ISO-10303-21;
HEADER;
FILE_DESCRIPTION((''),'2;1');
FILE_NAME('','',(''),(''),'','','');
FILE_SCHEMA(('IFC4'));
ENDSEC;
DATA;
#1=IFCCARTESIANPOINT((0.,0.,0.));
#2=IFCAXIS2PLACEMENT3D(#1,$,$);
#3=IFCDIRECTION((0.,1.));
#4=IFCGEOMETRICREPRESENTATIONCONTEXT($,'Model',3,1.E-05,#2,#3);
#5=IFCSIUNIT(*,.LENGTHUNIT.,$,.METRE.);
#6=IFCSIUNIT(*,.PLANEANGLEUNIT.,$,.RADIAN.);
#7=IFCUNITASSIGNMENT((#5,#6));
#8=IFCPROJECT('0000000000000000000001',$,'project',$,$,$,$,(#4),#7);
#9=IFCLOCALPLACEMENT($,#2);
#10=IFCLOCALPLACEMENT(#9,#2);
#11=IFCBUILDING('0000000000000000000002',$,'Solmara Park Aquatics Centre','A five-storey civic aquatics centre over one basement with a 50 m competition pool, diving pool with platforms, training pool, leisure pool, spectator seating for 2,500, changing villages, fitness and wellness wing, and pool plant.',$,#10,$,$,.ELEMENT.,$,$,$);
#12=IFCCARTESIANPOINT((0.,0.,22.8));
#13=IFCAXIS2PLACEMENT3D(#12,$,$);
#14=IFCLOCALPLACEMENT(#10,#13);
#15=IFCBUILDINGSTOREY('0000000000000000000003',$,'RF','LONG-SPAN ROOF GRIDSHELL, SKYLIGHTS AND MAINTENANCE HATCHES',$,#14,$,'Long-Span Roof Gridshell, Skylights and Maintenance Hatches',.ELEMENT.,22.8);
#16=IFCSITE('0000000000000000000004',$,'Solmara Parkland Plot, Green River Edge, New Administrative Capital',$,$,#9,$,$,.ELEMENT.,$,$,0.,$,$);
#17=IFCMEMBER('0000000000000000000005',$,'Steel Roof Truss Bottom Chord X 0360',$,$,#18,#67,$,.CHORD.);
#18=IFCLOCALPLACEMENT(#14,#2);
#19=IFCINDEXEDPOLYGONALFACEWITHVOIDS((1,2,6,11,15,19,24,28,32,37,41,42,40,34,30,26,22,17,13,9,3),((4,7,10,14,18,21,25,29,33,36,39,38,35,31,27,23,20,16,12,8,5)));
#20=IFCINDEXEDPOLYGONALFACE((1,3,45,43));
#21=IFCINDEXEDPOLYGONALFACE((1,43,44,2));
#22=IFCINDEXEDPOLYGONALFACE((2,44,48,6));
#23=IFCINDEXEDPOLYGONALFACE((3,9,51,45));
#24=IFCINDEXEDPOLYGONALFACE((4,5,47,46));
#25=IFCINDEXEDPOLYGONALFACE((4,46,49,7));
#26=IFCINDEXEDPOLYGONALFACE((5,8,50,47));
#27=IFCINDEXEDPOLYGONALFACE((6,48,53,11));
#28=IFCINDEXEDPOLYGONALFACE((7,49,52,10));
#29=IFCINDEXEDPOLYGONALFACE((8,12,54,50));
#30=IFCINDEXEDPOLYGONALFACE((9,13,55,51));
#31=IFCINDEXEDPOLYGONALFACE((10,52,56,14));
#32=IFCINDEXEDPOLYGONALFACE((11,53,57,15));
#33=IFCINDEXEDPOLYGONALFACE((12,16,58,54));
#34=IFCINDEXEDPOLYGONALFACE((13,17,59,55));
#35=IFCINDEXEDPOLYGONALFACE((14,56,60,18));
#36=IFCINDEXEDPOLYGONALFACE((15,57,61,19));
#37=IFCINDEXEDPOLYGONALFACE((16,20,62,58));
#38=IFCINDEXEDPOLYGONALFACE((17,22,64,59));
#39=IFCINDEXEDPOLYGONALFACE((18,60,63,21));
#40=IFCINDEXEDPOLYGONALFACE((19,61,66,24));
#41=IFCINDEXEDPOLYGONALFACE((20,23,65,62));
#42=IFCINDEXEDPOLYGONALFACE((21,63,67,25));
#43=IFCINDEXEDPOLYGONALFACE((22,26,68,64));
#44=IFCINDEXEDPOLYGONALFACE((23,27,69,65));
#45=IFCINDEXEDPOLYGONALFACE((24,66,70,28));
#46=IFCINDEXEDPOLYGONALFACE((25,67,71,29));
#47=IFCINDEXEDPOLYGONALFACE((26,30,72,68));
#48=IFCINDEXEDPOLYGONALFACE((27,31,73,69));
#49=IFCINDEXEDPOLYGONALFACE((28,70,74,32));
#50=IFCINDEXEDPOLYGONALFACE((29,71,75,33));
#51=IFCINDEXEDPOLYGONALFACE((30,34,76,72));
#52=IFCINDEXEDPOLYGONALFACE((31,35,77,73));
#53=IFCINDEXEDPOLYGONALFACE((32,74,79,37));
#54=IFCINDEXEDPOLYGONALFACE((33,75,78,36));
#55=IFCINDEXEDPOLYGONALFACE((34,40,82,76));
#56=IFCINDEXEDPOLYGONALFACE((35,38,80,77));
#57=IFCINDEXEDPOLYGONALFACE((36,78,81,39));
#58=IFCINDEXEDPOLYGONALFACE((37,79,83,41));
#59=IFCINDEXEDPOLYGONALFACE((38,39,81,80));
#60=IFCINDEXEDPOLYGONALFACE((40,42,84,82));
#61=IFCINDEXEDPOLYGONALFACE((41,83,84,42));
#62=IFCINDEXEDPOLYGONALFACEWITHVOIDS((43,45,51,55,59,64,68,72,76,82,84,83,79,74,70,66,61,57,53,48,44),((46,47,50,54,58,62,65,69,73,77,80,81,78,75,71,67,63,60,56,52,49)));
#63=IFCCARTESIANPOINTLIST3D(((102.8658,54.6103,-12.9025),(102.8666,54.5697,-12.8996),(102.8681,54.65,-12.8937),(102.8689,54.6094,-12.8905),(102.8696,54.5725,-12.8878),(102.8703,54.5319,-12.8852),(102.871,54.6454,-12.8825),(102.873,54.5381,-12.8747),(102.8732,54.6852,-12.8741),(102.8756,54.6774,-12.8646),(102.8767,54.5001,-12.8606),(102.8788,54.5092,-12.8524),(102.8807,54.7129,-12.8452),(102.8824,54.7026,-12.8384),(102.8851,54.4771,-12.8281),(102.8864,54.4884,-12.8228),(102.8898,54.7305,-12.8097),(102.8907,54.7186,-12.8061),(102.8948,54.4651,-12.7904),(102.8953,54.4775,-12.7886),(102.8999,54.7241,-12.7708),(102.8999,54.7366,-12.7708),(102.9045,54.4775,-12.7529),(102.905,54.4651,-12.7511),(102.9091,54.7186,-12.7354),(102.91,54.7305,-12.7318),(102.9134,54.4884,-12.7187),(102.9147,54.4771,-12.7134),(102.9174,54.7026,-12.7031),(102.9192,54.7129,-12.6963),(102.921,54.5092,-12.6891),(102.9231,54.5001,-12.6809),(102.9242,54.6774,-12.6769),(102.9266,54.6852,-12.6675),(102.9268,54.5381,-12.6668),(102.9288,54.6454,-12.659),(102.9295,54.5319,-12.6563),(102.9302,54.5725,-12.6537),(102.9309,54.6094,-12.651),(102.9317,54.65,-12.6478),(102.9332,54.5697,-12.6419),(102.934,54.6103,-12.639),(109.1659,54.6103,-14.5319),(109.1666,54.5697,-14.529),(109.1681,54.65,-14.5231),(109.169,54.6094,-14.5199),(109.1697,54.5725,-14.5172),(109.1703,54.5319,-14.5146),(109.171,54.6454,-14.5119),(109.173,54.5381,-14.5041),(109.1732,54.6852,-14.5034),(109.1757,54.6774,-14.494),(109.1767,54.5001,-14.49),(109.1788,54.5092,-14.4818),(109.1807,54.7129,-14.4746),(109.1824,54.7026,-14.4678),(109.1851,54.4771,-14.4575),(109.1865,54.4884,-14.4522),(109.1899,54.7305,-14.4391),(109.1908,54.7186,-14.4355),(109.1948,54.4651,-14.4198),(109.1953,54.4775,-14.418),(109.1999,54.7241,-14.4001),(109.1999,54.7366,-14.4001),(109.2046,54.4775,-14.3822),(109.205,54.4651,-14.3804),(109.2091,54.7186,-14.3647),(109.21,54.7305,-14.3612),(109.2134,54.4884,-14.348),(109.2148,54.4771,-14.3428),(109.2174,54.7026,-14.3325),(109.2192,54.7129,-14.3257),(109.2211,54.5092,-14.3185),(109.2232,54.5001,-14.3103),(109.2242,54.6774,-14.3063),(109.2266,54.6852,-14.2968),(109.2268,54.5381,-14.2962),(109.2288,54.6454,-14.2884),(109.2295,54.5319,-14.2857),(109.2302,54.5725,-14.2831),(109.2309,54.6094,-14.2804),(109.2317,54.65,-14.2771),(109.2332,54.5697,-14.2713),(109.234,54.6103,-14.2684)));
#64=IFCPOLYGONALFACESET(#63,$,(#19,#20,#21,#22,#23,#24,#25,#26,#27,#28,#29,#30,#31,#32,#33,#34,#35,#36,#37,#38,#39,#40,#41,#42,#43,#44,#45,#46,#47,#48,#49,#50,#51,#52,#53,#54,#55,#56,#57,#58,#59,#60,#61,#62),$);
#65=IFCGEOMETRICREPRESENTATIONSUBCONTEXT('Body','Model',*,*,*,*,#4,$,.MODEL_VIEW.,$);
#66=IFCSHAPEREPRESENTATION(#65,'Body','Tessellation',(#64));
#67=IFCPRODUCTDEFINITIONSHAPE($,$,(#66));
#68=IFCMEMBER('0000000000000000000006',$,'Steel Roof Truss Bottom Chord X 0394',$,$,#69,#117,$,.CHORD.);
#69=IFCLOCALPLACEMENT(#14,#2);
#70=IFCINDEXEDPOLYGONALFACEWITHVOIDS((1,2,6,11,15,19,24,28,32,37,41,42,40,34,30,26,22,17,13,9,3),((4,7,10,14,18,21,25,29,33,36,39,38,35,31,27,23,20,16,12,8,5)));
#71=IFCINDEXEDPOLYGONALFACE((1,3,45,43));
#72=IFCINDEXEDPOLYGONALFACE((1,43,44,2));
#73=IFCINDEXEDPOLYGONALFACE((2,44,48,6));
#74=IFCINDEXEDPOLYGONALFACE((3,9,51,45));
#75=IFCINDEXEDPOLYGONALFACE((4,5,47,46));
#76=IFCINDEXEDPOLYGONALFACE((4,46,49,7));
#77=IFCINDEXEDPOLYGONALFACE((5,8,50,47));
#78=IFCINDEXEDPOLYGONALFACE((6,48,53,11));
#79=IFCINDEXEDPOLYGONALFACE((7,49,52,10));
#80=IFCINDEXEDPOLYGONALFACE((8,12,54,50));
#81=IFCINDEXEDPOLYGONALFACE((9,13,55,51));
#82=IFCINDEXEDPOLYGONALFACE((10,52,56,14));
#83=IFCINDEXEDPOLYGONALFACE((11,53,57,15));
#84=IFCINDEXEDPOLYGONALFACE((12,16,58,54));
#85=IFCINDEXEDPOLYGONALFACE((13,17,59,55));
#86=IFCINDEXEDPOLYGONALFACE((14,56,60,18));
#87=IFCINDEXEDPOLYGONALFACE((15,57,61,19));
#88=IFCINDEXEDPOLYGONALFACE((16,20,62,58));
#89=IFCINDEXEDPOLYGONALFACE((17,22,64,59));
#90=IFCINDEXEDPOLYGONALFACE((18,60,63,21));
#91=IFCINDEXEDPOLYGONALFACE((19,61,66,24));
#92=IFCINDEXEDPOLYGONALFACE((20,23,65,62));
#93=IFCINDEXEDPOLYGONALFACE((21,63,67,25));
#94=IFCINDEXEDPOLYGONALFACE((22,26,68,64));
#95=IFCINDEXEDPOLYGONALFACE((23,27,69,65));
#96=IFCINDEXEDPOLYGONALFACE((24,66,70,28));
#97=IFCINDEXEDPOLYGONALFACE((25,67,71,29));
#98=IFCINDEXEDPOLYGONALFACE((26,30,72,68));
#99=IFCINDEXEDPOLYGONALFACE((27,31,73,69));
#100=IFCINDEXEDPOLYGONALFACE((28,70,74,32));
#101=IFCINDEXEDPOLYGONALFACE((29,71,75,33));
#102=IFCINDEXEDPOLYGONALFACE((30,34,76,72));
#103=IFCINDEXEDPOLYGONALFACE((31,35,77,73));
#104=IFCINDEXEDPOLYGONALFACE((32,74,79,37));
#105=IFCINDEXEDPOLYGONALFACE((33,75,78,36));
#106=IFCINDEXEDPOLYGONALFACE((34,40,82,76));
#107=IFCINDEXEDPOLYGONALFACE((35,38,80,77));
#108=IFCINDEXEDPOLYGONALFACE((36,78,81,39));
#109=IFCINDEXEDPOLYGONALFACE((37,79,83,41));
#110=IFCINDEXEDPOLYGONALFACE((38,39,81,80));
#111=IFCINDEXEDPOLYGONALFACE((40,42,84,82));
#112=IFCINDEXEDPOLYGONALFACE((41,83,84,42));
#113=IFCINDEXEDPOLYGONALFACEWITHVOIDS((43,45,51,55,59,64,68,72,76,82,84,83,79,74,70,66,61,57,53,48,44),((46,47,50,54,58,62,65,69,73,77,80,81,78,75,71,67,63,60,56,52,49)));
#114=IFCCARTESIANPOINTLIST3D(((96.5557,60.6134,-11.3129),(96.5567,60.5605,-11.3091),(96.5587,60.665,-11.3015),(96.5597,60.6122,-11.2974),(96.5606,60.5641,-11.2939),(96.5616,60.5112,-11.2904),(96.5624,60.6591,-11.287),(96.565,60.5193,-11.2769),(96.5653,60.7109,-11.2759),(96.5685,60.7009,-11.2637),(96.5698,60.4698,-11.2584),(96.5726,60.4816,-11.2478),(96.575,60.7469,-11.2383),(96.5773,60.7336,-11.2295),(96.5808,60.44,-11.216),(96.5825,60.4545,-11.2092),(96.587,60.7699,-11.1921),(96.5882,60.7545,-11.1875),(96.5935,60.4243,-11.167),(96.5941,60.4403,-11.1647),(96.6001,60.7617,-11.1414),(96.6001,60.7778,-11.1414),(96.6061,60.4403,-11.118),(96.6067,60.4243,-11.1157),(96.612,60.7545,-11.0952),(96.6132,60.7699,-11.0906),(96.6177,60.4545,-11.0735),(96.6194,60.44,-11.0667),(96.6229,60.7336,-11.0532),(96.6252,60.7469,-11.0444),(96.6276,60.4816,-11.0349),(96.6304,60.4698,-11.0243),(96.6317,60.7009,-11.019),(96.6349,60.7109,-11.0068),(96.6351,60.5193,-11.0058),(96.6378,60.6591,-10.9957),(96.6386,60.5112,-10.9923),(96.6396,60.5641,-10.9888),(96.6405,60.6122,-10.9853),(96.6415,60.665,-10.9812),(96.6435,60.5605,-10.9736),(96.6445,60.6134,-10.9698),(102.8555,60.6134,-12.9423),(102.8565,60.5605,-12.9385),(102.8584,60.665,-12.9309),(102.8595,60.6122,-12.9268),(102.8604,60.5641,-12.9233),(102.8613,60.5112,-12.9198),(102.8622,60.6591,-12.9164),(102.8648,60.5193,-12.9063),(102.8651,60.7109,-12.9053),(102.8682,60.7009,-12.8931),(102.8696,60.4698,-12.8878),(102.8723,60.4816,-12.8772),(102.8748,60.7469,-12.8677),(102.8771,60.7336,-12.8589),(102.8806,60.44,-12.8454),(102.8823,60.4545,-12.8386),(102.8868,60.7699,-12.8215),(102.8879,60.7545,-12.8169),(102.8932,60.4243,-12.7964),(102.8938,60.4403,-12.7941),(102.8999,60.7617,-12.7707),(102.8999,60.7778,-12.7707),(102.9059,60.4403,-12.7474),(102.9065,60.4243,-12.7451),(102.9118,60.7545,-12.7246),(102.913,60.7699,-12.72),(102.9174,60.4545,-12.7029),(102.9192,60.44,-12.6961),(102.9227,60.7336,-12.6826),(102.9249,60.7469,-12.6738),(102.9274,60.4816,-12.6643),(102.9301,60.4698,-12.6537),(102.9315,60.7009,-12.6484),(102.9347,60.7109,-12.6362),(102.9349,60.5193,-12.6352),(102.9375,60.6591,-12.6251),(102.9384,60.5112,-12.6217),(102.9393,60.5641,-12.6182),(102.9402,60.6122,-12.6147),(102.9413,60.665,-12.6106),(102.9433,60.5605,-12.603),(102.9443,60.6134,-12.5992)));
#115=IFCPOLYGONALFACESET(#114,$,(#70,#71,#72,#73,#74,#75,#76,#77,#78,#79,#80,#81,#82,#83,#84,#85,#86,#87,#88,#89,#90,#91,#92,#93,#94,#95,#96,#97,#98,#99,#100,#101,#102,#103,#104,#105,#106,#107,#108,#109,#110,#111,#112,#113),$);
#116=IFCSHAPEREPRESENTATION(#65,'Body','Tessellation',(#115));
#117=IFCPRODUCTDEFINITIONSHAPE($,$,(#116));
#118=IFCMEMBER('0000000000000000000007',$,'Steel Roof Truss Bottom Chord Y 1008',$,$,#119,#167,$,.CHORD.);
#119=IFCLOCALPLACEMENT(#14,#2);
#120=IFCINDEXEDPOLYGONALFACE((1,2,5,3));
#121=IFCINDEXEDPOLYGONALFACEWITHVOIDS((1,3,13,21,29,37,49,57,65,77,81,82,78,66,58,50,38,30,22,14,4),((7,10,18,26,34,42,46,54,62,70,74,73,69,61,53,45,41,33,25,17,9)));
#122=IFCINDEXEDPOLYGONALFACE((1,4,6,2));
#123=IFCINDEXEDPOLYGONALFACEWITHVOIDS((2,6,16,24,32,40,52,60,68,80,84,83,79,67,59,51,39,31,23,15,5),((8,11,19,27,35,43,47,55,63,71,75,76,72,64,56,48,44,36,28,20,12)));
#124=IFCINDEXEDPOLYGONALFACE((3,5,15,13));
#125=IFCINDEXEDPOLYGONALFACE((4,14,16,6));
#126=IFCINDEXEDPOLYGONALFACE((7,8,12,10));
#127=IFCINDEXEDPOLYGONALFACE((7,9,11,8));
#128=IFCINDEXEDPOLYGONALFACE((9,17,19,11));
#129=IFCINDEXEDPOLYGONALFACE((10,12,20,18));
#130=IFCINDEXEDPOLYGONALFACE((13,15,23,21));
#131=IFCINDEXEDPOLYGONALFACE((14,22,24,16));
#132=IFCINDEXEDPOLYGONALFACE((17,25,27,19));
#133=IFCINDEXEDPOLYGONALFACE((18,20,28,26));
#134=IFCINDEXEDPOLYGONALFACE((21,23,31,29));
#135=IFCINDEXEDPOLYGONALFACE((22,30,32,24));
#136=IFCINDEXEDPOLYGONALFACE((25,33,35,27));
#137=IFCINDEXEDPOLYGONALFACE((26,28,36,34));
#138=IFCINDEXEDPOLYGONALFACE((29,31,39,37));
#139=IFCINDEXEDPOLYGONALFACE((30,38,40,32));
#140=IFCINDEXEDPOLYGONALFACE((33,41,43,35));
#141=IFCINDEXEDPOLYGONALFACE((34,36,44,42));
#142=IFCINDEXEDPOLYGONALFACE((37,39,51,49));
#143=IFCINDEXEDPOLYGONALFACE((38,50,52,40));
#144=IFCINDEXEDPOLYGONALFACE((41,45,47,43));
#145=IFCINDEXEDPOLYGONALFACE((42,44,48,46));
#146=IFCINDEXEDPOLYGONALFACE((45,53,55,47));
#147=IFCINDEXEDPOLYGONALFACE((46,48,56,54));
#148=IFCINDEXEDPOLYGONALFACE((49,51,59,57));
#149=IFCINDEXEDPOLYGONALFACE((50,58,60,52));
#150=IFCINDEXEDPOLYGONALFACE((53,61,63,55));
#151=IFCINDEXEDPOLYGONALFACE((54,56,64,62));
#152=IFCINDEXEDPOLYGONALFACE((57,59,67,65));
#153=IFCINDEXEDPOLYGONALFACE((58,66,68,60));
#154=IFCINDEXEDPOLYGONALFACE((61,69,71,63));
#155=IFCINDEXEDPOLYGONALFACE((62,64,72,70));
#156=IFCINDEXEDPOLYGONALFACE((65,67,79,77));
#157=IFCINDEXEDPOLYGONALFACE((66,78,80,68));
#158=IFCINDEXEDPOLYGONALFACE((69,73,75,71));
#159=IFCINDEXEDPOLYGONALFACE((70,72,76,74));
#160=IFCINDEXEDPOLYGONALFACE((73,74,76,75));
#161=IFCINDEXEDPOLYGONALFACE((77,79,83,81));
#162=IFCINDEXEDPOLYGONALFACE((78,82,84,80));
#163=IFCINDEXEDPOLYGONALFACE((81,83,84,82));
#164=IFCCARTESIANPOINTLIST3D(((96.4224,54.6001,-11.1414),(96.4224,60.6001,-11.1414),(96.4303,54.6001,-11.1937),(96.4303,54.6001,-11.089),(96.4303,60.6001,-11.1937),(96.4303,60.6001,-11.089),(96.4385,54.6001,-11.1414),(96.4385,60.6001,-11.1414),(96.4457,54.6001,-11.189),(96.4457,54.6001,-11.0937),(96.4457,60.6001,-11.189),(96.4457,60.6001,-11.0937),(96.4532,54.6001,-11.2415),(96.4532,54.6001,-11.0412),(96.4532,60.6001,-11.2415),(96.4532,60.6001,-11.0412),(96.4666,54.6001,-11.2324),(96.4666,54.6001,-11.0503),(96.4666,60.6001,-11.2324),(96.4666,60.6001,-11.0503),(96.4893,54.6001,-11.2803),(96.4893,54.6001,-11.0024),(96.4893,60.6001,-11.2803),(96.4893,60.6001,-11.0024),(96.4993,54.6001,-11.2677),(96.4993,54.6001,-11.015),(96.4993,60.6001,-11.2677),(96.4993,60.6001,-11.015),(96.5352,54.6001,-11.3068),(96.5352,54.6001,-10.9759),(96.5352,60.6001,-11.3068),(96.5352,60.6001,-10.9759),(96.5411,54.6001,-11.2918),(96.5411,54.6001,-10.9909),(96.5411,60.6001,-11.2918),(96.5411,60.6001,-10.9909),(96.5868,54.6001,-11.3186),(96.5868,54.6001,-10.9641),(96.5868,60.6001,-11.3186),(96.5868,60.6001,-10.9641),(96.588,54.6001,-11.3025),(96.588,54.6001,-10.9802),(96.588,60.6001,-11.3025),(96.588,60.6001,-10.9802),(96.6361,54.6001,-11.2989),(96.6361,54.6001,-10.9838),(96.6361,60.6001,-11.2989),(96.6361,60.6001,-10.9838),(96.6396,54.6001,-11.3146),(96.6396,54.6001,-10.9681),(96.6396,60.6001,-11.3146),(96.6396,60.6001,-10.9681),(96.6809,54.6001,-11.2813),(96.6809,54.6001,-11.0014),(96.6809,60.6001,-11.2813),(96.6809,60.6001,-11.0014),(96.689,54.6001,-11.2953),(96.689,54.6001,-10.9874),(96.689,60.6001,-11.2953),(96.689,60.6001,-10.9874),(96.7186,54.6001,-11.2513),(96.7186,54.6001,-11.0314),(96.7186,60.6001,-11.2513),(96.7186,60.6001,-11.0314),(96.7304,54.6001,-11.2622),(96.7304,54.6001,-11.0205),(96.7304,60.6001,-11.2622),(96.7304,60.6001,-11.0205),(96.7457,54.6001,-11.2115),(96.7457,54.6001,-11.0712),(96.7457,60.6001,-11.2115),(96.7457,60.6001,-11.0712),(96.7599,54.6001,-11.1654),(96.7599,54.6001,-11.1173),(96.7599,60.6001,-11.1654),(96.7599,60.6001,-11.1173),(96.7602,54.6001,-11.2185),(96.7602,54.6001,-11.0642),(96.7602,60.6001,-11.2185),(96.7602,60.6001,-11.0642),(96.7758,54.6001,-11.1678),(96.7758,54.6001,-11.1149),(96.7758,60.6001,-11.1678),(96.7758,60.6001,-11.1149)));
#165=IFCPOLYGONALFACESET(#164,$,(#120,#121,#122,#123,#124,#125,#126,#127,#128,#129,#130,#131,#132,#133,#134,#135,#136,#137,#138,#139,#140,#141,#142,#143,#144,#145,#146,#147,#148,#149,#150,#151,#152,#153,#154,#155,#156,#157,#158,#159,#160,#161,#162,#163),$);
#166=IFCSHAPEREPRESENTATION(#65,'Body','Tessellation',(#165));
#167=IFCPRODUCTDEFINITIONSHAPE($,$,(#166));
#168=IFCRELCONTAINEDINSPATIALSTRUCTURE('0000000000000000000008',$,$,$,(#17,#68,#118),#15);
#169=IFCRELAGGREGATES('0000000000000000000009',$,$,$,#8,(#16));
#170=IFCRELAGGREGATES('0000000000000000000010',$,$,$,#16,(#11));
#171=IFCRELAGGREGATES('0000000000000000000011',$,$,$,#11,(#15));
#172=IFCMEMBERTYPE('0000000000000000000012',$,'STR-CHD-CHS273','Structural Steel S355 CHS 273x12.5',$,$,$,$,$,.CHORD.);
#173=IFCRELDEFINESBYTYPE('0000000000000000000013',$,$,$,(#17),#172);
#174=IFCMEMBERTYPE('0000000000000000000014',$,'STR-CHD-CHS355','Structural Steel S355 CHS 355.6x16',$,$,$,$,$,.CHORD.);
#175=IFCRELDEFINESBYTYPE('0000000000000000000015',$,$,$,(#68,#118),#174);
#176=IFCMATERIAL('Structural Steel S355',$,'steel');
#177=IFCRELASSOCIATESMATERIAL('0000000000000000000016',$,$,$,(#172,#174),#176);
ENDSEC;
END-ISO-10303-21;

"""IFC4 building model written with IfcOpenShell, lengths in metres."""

from ifc_helpers import new_model, si_unit, direction, frame, origin, origin_2d, place, context, subcontext, project, spatial, hollow_circle, extrude, material, material_profile, profile_set, type_object, element, save


model = new_model("IFC4")

# Units and contexts
model_context = context("Model", 3, precision=1e-05, world=origin(), true_north=direction((0.0, 1.0)))
body_context = subcontext(model_context, "Body", "Model", "MODEL_VIEW")
ifc_project = project(units=[si_unit("LENGTHUNIT", "METRE"), si_unit("PLANEANGLEUNIT", "RADIAN")], contexts=[model_context])

# Site, building, storey
site_placement = place(None, origin())
site = spatial("IfcSite", under=ifc_project, at=site_placement, Name="Solmara Parkland Plot, Green River Edge, New Administrative Capital", CompositionType="ELEMENT", RefElevation=0.0)
building_placement = place(site_placement, origin())
building = spatial("IfcBuilding", under=site, at=building_placement, Name="Solmara Park Aquatics Centre", Description="A five-storey civic aquatics centre over one basement with a 50 m competition pool, diving pool with platforms, training pool, leisure pool, spectator seating for 2,500, changing villages, fitness and wellness wing, and pool plant.", CompositionType="ELEMENT")
storey_placement = place(building_placement, frame((0.0, 0.0, 22.8)))
storey = spatial("IfcBuildingStorey", under=building, at=storey_placement, Name="RF", Description="LONG-SPAN ROOF GRIDSHELL, SKYLIGHTS AND MAINTENANCE HATCHES", LongName="Long-Span Roof Gridshell, Skylights and Maintenance Hatches", CompositionType="ELEMENT", Elevation=22.8)

# Members
ifc_material_1 = material(Name="Structural Steel S355", Category="steel")
ifc_material_profile_1 = material_profile(ifc_material_1, hollow_circle(Radius=0.1365, WallThickness=0.0125, at=origin_2d()), Name="CHS 273x12.5")
ifc_profile_set_1 = profile_set([ifc_material_profile_1], Name="Structural Steel S355")
member_type_1 = type_object("IfcMemberType", Name="STR-CHD-CHS273", Description="Structural Steel S355 CHS 273x12.5", PredefinedType="CHORD", material=ifc_profile_set_1)
member_1_placement = place(storey_placement, frame((102.8999, 54.6001, -12.7708), z_axis=(0.968144, 0.0, -0.250393), x_axis=(0.0, 1.0, 0.0)))
element("IfcMember", 1, at=member_1_placement, inside=storey, type_object=member_type_1, Name="Steel Roof Truss Bottom Chord X 0360", PredefinedType="CHORD", context=body_context, shape_type="SweptSolid", body=[
    extrude(hollow_circle(Radius=0.1365, WallThickness=0.0125, at=origin_2d()), origin(), (0.0, 0.0, 1.0), 6.5073),
])
ifc_material_profile_2 = material_profile(ifc_material_1, hollow_circle(Radius=0.1777, WallThickness=0.0161, at=origin_2d()), Name="CHS 355.6x16")
ifc_profile_set_2 = profile_set([ifc_material_profile_2], Name="Structural Steel S355")
member_type_2 = type_object("IfcMemberType", Name="STR-CHD-CHS355", Description="Structural Steel S355 CHS 355.6x16", PredefinedType="CHORD", material=ifc_profile_set_2)
member_2_placement = place(storey_placement, frame((96.6001, 60.6001, -11.1414), z_axis=(0.968142, 0.0, -0.250402), x_axis=(0.0, 1.0, 0.0)))
element("IfcMember", 2, at=member_2_placement, inside=storey, type_object=member_type_2, Name="Steel Roof Truss Bottom Chord X 0394", PredefinedType="CHORD", context=body_context, shape_type="SweptSolid", body=[
    extrude(hollow_circle(Radius=0.1777, WallThickness=0.0161, at=origin_2d()), origin(), (0.0, 0.0, 1.0), 6.5071),
])
for number, where, z_axis, x_axis, name in (
    (3, (96.6001, 54.6001, -11.1414), (0.0, 1.0, 0.0), (-1.0, 0.0, 0.0), "Steel Roof Truss Bottom Chord Y 1008"),
):
    element("IfcMember", number, at=place(storey_placement, frame(where, z_axis=z_axis, x_axis=x_axis)), inside=storey, type_object=member_type_2, Name=name, PredefinedType="CHORD", context=body_context, shape_type="SweptSolid", body=[
        extrude(hollow_circle(Radius=0.1777, WallThickness=0.0161, at=origin_2d()), origin(), (0.0, 0.0, 1.0), 6.0),
    ])

save(model, "model.ifc")
